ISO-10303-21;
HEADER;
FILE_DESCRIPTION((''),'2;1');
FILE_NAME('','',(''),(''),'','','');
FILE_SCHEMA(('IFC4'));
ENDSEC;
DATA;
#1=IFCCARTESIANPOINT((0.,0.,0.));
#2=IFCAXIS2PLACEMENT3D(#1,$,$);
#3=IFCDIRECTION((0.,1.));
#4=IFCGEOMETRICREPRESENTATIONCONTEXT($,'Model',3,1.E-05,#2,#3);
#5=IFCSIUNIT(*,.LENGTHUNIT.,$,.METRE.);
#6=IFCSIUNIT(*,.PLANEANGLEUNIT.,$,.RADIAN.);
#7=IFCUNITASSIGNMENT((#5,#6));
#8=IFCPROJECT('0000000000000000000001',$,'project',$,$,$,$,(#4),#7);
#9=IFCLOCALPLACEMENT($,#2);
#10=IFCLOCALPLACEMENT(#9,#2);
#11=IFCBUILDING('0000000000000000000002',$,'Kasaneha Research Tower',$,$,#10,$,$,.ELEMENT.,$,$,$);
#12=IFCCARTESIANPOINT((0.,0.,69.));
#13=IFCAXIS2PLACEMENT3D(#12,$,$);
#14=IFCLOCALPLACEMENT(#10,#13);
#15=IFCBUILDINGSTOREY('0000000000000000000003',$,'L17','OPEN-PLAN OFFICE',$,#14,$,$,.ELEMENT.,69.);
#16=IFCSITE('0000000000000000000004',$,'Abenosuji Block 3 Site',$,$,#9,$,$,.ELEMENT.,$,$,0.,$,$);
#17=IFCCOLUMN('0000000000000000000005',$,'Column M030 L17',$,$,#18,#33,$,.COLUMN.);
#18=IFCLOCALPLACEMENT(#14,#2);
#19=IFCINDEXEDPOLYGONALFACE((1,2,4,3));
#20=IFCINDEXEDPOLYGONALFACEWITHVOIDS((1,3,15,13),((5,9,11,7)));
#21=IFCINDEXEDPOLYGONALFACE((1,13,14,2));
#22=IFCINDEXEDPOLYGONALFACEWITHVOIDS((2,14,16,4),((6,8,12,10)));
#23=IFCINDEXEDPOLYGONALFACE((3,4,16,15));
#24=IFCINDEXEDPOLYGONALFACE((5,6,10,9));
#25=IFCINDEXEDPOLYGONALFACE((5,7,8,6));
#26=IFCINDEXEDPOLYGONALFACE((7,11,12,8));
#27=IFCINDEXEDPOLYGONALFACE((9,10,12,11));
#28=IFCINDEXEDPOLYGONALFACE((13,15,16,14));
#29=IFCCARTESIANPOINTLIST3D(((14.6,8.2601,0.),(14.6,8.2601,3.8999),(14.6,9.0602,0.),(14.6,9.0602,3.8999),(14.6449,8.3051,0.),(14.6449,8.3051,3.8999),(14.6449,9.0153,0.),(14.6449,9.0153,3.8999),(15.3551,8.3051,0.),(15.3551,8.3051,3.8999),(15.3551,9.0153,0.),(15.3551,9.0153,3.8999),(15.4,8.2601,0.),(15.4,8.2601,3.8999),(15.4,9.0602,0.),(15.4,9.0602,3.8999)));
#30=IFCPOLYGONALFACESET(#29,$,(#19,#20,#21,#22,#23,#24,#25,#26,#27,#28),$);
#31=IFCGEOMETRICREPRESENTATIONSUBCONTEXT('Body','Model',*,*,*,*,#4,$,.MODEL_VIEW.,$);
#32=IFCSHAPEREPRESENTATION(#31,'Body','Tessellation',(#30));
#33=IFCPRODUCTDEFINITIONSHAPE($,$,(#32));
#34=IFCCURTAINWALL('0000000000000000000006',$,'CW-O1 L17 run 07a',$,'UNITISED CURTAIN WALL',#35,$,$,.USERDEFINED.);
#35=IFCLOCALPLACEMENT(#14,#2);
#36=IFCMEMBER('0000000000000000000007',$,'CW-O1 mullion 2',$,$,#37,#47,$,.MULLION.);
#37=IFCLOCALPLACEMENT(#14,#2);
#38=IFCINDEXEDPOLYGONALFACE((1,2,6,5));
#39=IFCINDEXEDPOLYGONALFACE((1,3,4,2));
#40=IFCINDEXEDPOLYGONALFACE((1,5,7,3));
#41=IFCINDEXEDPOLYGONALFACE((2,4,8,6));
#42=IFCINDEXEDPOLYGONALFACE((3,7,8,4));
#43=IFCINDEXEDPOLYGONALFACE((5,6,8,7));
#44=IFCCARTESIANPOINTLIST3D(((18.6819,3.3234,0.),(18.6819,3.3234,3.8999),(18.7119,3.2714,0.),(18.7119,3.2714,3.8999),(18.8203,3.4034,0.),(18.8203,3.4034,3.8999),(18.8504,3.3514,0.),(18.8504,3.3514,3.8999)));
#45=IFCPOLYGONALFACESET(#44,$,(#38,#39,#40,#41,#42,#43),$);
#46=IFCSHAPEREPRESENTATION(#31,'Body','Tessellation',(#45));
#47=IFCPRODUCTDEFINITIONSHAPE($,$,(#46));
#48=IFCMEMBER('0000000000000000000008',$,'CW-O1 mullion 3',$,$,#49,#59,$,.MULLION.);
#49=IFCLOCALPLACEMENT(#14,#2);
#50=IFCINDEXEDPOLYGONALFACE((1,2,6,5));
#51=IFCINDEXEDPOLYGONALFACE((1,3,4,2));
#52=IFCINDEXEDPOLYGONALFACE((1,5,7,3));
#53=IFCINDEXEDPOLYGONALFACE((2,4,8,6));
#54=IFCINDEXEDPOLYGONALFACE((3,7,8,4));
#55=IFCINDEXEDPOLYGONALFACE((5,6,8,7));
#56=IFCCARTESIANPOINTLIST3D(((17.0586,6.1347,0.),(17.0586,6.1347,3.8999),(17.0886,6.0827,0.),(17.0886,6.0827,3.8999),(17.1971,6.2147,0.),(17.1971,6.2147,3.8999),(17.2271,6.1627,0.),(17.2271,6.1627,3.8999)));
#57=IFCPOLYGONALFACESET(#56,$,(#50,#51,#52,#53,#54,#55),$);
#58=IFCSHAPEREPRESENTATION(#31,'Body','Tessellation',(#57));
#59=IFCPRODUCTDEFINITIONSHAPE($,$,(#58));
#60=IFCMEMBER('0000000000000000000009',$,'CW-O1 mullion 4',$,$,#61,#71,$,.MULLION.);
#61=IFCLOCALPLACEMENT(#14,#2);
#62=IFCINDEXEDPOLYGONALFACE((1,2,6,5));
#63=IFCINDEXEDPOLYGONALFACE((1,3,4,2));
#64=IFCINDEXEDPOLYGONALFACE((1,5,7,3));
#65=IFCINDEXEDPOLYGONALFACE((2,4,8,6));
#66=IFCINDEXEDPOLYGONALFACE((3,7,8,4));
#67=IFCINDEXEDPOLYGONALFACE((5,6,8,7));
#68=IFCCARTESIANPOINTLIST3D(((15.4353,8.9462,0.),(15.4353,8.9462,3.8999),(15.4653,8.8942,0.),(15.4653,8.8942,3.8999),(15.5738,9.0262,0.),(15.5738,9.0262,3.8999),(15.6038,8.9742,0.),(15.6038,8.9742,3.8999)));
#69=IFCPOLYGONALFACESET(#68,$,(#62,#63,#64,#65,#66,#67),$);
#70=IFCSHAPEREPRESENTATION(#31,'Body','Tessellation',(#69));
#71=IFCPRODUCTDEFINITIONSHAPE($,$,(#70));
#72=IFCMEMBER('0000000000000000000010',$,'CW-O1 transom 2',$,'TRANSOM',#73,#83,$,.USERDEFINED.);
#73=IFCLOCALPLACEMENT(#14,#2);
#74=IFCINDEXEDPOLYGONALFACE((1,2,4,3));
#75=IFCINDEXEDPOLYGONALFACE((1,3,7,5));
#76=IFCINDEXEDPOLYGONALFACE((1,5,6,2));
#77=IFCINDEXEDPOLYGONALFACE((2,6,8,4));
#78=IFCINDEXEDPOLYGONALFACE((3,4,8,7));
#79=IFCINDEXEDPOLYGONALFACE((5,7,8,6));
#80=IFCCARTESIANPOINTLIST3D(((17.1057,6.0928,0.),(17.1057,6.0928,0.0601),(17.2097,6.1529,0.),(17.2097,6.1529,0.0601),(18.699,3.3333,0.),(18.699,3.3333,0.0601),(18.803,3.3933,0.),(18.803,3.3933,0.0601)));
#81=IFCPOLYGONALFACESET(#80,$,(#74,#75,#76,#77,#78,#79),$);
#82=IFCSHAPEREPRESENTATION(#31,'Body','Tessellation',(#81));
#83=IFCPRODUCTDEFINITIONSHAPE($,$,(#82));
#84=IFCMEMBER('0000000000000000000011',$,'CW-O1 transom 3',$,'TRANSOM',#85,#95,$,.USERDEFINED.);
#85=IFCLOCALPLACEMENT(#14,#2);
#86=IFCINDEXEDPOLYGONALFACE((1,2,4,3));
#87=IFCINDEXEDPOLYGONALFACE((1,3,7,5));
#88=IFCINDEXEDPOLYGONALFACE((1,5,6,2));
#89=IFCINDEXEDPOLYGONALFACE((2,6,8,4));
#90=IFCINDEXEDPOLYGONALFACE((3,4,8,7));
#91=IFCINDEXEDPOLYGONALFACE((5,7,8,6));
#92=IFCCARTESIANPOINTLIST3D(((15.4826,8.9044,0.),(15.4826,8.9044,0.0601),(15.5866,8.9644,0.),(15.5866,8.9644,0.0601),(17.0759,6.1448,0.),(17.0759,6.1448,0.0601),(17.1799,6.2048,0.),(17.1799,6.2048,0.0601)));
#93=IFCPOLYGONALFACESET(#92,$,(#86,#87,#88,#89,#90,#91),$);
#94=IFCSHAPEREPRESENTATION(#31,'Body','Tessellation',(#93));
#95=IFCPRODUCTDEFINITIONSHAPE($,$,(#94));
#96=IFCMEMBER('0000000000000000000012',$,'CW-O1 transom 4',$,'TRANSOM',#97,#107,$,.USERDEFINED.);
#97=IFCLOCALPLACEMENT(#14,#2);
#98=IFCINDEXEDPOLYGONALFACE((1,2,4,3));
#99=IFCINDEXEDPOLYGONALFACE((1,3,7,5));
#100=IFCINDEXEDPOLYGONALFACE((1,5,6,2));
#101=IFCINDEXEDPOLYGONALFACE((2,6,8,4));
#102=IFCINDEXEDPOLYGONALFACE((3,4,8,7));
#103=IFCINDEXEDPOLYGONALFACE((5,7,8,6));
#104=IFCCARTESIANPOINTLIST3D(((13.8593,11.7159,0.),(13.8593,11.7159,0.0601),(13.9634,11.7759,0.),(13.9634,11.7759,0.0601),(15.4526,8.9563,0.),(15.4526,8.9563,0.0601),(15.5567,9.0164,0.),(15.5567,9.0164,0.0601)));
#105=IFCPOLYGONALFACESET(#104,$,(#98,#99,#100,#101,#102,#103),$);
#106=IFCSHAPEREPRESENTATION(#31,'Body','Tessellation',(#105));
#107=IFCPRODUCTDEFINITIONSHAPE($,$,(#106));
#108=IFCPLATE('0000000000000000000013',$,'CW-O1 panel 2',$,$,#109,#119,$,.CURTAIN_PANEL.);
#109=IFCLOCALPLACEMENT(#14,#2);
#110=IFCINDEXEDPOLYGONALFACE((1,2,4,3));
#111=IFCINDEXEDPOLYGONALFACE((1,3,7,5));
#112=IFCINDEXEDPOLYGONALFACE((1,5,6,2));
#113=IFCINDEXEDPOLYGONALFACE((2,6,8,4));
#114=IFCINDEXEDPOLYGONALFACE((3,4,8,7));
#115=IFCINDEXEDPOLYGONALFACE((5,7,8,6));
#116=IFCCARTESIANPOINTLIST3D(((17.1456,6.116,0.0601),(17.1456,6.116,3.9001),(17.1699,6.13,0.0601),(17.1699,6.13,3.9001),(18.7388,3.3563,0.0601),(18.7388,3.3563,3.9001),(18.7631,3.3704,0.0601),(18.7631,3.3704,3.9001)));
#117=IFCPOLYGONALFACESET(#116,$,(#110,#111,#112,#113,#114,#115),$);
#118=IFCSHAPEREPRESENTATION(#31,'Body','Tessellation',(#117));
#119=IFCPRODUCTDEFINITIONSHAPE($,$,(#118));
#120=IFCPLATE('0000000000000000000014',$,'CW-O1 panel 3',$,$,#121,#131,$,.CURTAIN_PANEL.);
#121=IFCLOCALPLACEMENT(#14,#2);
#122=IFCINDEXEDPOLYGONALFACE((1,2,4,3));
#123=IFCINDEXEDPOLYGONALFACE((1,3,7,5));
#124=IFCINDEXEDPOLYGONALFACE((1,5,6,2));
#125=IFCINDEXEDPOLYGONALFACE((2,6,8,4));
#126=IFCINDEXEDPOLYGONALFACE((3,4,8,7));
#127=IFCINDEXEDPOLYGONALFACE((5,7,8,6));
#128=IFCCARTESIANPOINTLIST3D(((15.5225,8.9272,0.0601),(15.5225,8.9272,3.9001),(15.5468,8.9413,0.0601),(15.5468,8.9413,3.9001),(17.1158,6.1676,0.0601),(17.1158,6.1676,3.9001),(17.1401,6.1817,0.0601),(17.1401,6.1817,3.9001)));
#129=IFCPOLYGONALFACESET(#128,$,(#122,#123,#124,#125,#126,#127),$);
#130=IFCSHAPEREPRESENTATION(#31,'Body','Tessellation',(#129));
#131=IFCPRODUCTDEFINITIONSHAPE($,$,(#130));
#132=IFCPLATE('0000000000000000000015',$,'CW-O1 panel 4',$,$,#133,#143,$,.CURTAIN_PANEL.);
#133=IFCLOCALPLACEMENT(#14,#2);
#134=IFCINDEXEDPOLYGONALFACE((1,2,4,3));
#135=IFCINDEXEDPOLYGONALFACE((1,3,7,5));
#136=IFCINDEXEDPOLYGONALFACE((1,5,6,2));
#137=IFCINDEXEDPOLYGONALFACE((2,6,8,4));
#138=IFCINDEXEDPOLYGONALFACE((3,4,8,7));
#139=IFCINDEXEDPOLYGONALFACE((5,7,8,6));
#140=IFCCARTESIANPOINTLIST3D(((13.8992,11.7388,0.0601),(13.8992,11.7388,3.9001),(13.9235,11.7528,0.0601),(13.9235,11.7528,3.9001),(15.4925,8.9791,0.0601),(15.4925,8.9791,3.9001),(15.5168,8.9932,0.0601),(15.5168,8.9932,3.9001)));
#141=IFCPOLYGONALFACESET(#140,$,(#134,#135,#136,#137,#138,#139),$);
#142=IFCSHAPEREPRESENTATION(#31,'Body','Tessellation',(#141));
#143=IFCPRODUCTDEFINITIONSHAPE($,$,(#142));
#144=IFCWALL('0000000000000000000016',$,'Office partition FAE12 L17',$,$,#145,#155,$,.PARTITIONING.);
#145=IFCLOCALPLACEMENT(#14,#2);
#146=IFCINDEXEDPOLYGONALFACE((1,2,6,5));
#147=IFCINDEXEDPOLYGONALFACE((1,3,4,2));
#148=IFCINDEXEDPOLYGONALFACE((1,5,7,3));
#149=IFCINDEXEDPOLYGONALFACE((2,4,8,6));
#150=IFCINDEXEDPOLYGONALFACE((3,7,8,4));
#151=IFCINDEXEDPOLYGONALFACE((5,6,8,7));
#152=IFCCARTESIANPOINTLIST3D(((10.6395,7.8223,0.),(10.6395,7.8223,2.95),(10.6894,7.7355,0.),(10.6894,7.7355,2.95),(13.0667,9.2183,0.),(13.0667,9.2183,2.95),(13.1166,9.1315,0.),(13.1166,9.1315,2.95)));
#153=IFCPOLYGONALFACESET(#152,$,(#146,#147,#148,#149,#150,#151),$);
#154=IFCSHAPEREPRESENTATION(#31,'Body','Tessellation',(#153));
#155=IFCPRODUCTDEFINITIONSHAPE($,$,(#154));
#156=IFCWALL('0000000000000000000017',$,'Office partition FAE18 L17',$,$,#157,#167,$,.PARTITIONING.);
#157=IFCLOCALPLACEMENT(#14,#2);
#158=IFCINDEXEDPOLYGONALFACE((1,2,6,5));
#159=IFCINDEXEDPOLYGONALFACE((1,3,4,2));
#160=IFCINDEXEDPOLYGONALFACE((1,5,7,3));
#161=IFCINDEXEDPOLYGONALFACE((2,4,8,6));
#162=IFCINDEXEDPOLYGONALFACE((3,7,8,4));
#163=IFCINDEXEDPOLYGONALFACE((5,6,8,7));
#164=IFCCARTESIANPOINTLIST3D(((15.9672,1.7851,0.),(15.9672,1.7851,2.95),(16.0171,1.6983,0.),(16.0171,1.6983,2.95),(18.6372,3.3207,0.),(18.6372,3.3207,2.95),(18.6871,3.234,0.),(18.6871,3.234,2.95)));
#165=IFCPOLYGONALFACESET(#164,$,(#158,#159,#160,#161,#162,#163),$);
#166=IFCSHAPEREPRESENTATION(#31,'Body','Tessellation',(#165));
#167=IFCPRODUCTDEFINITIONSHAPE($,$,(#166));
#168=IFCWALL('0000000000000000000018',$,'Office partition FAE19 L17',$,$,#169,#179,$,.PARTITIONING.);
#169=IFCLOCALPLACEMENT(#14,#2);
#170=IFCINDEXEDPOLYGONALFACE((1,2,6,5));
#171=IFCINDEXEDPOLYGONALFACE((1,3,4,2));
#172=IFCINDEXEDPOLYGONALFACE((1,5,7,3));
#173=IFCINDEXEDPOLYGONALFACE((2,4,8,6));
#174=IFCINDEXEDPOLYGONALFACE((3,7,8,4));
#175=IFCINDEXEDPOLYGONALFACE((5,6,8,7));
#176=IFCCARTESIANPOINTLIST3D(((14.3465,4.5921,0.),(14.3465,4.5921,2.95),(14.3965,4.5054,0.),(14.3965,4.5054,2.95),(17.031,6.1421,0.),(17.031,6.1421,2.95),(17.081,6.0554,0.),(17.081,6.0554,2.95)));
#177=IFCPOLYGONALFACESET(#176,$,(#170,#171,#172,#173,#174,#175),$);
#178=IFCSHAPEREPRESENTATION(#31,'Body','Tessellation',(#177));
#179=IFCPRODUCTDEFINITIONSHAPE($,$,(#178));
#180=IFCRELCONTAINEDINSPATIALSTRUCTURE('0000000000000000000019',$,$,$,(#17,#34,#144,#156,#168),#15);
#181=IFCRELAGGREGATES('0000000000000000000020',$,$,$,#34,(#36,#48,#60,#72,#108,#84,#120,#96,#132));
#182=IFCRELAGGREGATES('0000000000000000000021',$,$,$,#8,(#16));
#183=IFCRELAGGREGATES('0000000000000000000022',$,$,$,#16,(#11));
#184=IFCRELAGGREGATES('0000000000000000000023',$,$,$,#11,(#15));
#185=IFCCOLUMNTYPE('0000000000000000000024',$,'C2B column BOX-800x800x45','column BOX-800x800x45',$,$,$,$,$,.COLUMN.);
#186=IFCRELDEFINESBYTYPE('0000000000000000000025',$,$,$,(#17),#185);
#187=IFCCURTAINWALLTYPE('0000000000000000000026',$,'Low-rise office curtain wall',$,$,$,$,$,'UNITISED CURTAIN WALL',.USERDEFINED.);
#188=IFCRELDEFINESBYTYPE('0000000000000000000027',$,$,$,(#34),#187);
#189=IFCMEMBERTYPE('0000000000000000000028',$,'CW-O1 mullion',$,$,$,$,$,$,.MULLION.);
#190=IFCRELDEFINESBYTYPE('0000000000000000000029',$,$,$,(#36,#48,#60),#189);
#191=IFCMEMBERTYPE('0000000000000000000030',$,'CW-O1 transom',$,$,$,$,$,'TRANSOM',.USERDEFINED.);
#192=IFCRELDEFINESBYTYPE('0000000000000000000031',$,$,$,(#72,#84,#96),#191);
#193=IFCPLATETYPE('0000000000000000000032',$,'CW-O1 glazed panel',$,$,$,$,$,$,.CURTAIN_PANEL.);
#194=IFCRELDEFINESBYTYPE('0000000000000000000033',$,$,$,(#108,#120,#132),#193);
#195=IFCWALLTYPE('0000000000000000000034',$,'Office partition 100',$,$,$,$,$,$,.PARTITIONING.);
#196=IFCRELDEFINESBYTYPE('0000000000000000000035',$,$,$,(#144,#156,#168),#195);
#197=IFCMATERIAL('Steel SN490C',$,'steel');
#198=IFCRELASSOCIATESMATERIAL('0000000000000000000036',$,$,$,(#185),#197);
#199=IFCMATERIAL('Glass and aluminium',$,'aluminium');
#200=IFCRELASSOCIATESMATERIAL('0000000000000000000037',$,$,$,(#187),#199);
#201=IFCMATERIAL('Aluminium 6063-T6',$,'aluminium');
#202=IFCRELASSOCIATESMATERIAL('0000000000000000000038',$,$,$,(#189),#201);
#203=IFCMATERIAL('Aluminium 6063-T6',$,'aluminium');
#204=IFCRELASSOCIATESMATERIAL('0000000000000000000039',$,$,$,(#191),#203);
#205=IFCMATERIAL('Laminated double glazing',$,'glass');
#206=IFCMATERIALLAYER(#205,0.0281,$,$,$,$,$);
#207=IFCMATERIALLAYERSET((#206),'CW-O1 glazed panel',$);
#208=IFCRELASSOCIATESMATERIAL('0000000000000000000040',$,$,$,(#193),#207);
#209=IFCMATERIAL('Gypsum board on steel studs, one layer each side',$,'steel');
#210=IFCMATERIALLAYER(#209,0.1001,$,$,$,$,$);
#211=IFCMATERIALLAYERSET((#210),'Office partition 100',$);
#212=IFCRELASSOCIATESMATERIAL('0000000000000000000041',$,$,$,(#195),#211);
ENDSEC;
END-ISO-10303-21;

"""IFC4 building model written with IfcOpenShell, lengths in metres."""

from ifc_helpers import new_model, si_unit, direction, frame, frame_2d, origin, origin_2d, place, context, subcontext, project, spatial, rectangle, hollow_rectangle, extrude, material, layer, layer_set, material_profile, profile_set, type_object, element, aggregate, save


model = new_model("IFC4")

# Units and contexts
model_context = context("Model", 3, precision=1e-05, world=origin(), true_north=direction((0.0, 1.0)))
body_context = subcontext(model_context, "Body", "Model", "MODEL_VIEW")
ifc_project = project(units=[si_unit("LENGTHUNIT", "METRE"), si_unit("PLANEANGLEUNIT", "RADIAN")], contexts=[model_context])

# Site, building, storey
site_placement = place(None, origin())
site = spatial("IfcSite", under=ifc_project, at=site_placement, Name="Abenosuji Block 3 Site", CompositionType="ELEMENT", RefElevation=0.0)
building_placement = place(site_placement, origin())
building = spatial("IfcBuilding", under=site, at=building_placement, Name="Kasaneha Research Tower", CompositionType="ELEMENT")
storey_placement = place(building_placement, frame((0.0, 0.0, 69.0)))
storey = spatial("IfcBuildingStorey", under=building, at=storey_placement, Name="L17", Description="OPEN-PLAN OFFICE", CompositionType="ELEMENT", Elevation=69.0)

# Column
ifc_material_1 = material(Name="Steel SN490C", Category="steel")
ifc_material_profile_1 = material_profile(ifc_material_1, hollow_rectangle(XDim=0.8, YDim=0.8, WallThickness=0.0449, at=origin_2d()), Name="BOX-800x800x45")
ifc_profile_set_1 = profile_set([ifc_material_profile_1], Name="Steel SN490C")
column_type = type_object("IfcColumnType", Name="C2B column BOX-800x800x45", Description="column BOX-800x800x45", PredefinedType="COLUMN", material=ifc_profile_set_1)
column_placement = place(storey_placement, frame((15.0, 8.6602, 0.0), z_axis=(0.0, 0.0, 1.0), x_axis=(1.0, 0.0, 0.0)))
element("IfcColumn", 1, at=column_placement, inside=storey, type_object=column_type, Name="Column M030 L17", PredefinedType="COLUMN", context=body_context, shape_type="SweptSolid", body=[
    extrude(hollow_rectangle(XDim=0.8, YDim=0.8, WallThickness=0.0449, at=origin_2d()), origin(), (0.0, 0.0, 1.0), 3.8999),
])

# Curtain wall, members, plates
ifc_material_2 = material(Name="Glass and aluminium", Category="aluminium")
curtain_wall_type = type_object("IfcCurtainWallType", Name="Low-rise office curtain wall", ElementType="UNITISED CURTAIN WALL", PredefinedType="USERDEFINED", material=ifc_material_2)
curtain_wall_placement = place(storey_placement, origin())
curtain_wall = element("IfcCurtainWall", 2, at=curtain_wall_placement, inside=storey, type_object=curtain_wall_type, Name="CW-O1 L17 run 07a", ObjectType="UNITISED CURTAIN WALL", PredefinedType="USERDEFINED")
ifc_material_3 = material(Name="Aluminium 6063-T6", Category="aluminium")
ifc_material_profile_2 = material_profile(ifc_material_3, rectangle(XDim=0.0601, YDim=0.1599, at=origin_2d()), Name="CW-O1 mullion 60x160")
ifc_profile_set_2 = profile_set([ifc_material_profile_2], Name="Aluminium 6063-T6")
member_type_1 = type_object("IfcMemberType", Name="CW-O1 mullion", PredefinedType="MULLION", material=ifc_profile_set_2)
member_1_placement = place(storey_placement, frame((18.7661, 3.3374, 0.0), z_axis=(0.0, 0.0, 1.0), x_axis=(-0.5, 0.866025, 0.0)))
member_1 = element("IfcMember", 3, at=member_1_placement, type_object=member_type_1, Name="CW-O1 mullion 2", PredefinedType="MULLION", context=body_context, shape_type="SweptSolid", body=[
    extrude(rectangle(XDim=0.0601, YDim=0.1599, at=origin_2d()), origin(), (0.0, 0.0, 1.0), 3.8999),
])
member_2_placement = place(storey_placement, frame((17.1428, 6.1487, 0.0), z_axis=(0.0, 0.0, 1.0), x_axis=(-0.5, 0.866025, 0.0)))
member_2 = element("IfcMember", 4, at=member_2_placement, type_object=member_type_1, Name="CW-O1 mullion 3", PredefinedType="MULLION", context=body_context, shape_type="SweptSolid", body=[
    extrude(rectangle(XDim=0.0601, YDim=0.1599, at=origin_2d()), origin(), (0.0, 0.0, 1.0), 3.8999),
])
member_3_placement = place(storey_placement, frame((15.5195, 8.9602, 0.0), z_axis=(0.0, 0.0, 1.0), x_axis=(-0.5, 0.866025, 0.0)))
member_3 = element("IfcMember", 5, at=member_3_placement, type_object=member_type_1, Name="CW-O1 mullion 4", PredefinedType="MULLION", context=body_context, shape_type="SweptSolid", body=[
    extrude(rectangle(XDim=0.0601, YDim=0.1599, at=origin_2d()), origin(), (0.0, 0.0, 1.0), 3.8999),
])
ifc_material_4 = material(Name="Aluminium 6063-T6", Category="aluminium")
ifc_material_profile_3 = material_profile(ifc_material_4, rectangle(XDim=0.1201, YDim=0.0601, at=origin_2d()), Name="CW-O1 transom 120x60")
ifc_profile_set_3 = profile_set([ifc_material_profile_3], Name="Aluminium 6063-T6")
member_type_2 = type_object("IfcMemberType", Name="CW-O1 transom", ElementType="TRANSOM", PredefinedType="USERDEFINED", material=ifc_profile_set_3)
member_4_placement = place(storey_placement, frame((18.751, 3.3633, 0.03), z_axis=(-0.500012, 0.866018, 0.0), x_axis=(-0.866018, -0.500012, 0.0)))
member_4 = element("IfcMember", 6, at=member_4_placement, type_object=member_type_2, Name="CW-O1 transom 2", ObjectType="TRANSOM", PredefinedType="USERDEFINED", context=body_context, shape_type="SweptSolid", body=[
    extrude(rectangle(XDim=0.1201, YDim=0.0601, at=origin_2d()), origin(), (0.0, 0.0, 1.0), 3.1865),
])
member_5_placement = place(storey_placement, frame((17.1279, 6.1748, 0.03), z_axis=(-0.500012, 0.866018, 0.0), x_axis=(-0.866018, -0.500012, 0.0)))
member_5 = element("IfcMember", 7, at=member_5_placement, type_object=member_type_2, Name="CW-O1 transom 3", ObjectType="TRANSOM", PredefinedType="USERDEFINED", context=body_context, shape_type="SweptSolid", body=[
    extrude(rectangle(XDim=0.1201, YDim=0.0601, at=origin_2d()), origin(), (0.0, 0.0, 1.0), 3.1865),
])
member_6_placement = place(storey_placement, frame((15.5046, 8.9863, 0.03), z_axis=(-0.500012, 0.866018, 0.0), x_axis=(-0.866018, -0.500012, 0.0)))
member_6 = element("IfcMember", 8, at=member_6_placement, type_object=member_type_2, Name="CW-O1 transom 4", ObjectType="TRANSOM", PredefinedType="USERDEFINED", context=body_context, shape_type="SweptSolid", body=[
    extrude(rectangle(XDim=0.1201, YDim=0.0601, at=origin_2d()), origin(), (0.0, 0.0, 1.0), 3.1865),
])
ifc_material_5 = material(Name="Laminated double glazing", Category="glass")
ifc_layer_1 = layer(ifc_material_5, 0.0281)
ifc_layer_set_1 = layer_set([ifc_layer_1], Name="CW-O1 glazed panel")
plate_type = type_object("IfcPlateType", Name="CW-O1 glazed panel", PredefinedType="CURTAIN_PANEL", material=ifc_layer_set_1)
plate_1_placement = place(storey_placement, frame((17.9543, 4.7432, 0.0601), z_axis=(0.0, 0.0, 1.0), x_axis=(-0.5, 0.866025, 0.0)))
plate_1 = element("IfcPlate", 9, at=plate_1_placement, type_object=plate_type, Name="CW-O1 panel 2", PredefinedType="CURTAIN_PANEL", context=body_context, shape_type="SweptSolid", body=[
    extrude(rectangle(XDim=3.1865, YDim=0.0281, at=origin_2d()), origin(), (0.0, 0.0, 1.0), 3.8401),
])
plate_2_placement = place(storey_placement, frame((16.3313, 7.5544, 0.0601), z_axis=(0.0, 0.0, 1.0), x_axis=(-0.5, 0.866025, 0.0)))
plate_2 = element("IfcPlate", 10, at=plate_2_placement, type_object=plate_type, Name="CW-O1 panel 3", PredefinedType="CURTAIN_PANEL", context=body_context, shape_type="SweptSolid", body=[
    extrude(rectangle(XDim=3.1865, YDim=0.0281, at=origin_2d()), origin(), (0.0, 0.0, 1.0), 3.8401),
])
plate_3_placement = place(storey_placement, frame((14.708, 10.366, 0.0601), z_axis=(0.0, 0.0, 1.0), x_axis=(-0.5, 0.866025, 0.0)))
plate_3 = element("IfcPlate", 11, at=plate_3_placement, type_object=plate_type, Name="CW-O1 panel 4", PredefinedType="CURTAIN_PANEL", context=body_context, shape_type="SweptSolid", body=[
    extrude(rectangle(XDim=3.1865, YDim=0.0281, at=origin_2d()), origin(), (0.0, 0.0, 1.0), 3.8401),
])
aggregate(curtain_wall, [member_1, member_2, member_3, member_4, plate_1, member_5, plate_2, member_6, plate_3])

# Walls
ifc_material_6 = material(Name="Gypsum board on steel studs, one layer each side", Category="steel")
ifc_layer_2 = layer(ifc_material_6, 0.1001)
ifc_layer_set_2 = layer_set([ifc_layer_2], Name="Office partition 100")
wall_type = type_object("IfcWallType", Name="Office partition 100", PredefinedType="PARTITIONING", material=ifc_layer_set_2)
wall_1_placement = place(storey_placement, frame((13.0916, 9.1748, 0.0), z_axis=(0.0, 0.0, 1.0), x_axis=(-0.866855, -0.49856, 0.0)))
element("IfcWall", 12, at=wall_1_placement, inside=storey, type_object=wall_type, Name="Office partition FAE12 L17", PredefinedType="PARTITIONING", context=body_context, shape_type="SweptSolid", body=[
    extrude(rectangle(XDim=2.8, YDim=0.1001, at=frame_2d((1.3999, 0.0))), origin(), (0.0, 0.0, 1.0), 2.95),
])
wall_2_placement = place(storey_placement, frame((18.6621, 3.2773, 0.0), z_axis=(0.0, 0.0, 1.0), x_axis=(-0.866845, -0.498578, 0.0)))
element("IfcWall", 13, at=wall_2_placement, inside=storey, type_object=wall_type, Name="Office partition FAE18 L17", PredefinedType="PARTITIONING", context=body_context, shape_type="SweptSolid", body=[
    extrude(rectangle(XDim=3.0801, YDim=0.1001, at=frame_2d((1.54, 0.0))), origin(), (0.0, 0.0, 1.0), 2.95),
])
wall_3_placement = place(storey_placement, frame((14.3716, 4.5488, 0.0), z_axis=(0.0, 0.0, 1.0), x_axis=(0.86601, 0.500027, 0.0)))
element("IfcWall", 14, at=wall_3_placement, inside=storey, type_object=wall_type, Name="Office partition FAE19 L17", PredefinedType="PARTITIONING", context=body_context, shape_type="SweptSolid", body=[
    extrude(rectangle(XDim=3.0999, YDim=0.1001, at=frame_2d((1.5498, 0.0))), origin(), (0.0, 0.0, 1.0), 2.95),
])

save(model, "model.ifc")
